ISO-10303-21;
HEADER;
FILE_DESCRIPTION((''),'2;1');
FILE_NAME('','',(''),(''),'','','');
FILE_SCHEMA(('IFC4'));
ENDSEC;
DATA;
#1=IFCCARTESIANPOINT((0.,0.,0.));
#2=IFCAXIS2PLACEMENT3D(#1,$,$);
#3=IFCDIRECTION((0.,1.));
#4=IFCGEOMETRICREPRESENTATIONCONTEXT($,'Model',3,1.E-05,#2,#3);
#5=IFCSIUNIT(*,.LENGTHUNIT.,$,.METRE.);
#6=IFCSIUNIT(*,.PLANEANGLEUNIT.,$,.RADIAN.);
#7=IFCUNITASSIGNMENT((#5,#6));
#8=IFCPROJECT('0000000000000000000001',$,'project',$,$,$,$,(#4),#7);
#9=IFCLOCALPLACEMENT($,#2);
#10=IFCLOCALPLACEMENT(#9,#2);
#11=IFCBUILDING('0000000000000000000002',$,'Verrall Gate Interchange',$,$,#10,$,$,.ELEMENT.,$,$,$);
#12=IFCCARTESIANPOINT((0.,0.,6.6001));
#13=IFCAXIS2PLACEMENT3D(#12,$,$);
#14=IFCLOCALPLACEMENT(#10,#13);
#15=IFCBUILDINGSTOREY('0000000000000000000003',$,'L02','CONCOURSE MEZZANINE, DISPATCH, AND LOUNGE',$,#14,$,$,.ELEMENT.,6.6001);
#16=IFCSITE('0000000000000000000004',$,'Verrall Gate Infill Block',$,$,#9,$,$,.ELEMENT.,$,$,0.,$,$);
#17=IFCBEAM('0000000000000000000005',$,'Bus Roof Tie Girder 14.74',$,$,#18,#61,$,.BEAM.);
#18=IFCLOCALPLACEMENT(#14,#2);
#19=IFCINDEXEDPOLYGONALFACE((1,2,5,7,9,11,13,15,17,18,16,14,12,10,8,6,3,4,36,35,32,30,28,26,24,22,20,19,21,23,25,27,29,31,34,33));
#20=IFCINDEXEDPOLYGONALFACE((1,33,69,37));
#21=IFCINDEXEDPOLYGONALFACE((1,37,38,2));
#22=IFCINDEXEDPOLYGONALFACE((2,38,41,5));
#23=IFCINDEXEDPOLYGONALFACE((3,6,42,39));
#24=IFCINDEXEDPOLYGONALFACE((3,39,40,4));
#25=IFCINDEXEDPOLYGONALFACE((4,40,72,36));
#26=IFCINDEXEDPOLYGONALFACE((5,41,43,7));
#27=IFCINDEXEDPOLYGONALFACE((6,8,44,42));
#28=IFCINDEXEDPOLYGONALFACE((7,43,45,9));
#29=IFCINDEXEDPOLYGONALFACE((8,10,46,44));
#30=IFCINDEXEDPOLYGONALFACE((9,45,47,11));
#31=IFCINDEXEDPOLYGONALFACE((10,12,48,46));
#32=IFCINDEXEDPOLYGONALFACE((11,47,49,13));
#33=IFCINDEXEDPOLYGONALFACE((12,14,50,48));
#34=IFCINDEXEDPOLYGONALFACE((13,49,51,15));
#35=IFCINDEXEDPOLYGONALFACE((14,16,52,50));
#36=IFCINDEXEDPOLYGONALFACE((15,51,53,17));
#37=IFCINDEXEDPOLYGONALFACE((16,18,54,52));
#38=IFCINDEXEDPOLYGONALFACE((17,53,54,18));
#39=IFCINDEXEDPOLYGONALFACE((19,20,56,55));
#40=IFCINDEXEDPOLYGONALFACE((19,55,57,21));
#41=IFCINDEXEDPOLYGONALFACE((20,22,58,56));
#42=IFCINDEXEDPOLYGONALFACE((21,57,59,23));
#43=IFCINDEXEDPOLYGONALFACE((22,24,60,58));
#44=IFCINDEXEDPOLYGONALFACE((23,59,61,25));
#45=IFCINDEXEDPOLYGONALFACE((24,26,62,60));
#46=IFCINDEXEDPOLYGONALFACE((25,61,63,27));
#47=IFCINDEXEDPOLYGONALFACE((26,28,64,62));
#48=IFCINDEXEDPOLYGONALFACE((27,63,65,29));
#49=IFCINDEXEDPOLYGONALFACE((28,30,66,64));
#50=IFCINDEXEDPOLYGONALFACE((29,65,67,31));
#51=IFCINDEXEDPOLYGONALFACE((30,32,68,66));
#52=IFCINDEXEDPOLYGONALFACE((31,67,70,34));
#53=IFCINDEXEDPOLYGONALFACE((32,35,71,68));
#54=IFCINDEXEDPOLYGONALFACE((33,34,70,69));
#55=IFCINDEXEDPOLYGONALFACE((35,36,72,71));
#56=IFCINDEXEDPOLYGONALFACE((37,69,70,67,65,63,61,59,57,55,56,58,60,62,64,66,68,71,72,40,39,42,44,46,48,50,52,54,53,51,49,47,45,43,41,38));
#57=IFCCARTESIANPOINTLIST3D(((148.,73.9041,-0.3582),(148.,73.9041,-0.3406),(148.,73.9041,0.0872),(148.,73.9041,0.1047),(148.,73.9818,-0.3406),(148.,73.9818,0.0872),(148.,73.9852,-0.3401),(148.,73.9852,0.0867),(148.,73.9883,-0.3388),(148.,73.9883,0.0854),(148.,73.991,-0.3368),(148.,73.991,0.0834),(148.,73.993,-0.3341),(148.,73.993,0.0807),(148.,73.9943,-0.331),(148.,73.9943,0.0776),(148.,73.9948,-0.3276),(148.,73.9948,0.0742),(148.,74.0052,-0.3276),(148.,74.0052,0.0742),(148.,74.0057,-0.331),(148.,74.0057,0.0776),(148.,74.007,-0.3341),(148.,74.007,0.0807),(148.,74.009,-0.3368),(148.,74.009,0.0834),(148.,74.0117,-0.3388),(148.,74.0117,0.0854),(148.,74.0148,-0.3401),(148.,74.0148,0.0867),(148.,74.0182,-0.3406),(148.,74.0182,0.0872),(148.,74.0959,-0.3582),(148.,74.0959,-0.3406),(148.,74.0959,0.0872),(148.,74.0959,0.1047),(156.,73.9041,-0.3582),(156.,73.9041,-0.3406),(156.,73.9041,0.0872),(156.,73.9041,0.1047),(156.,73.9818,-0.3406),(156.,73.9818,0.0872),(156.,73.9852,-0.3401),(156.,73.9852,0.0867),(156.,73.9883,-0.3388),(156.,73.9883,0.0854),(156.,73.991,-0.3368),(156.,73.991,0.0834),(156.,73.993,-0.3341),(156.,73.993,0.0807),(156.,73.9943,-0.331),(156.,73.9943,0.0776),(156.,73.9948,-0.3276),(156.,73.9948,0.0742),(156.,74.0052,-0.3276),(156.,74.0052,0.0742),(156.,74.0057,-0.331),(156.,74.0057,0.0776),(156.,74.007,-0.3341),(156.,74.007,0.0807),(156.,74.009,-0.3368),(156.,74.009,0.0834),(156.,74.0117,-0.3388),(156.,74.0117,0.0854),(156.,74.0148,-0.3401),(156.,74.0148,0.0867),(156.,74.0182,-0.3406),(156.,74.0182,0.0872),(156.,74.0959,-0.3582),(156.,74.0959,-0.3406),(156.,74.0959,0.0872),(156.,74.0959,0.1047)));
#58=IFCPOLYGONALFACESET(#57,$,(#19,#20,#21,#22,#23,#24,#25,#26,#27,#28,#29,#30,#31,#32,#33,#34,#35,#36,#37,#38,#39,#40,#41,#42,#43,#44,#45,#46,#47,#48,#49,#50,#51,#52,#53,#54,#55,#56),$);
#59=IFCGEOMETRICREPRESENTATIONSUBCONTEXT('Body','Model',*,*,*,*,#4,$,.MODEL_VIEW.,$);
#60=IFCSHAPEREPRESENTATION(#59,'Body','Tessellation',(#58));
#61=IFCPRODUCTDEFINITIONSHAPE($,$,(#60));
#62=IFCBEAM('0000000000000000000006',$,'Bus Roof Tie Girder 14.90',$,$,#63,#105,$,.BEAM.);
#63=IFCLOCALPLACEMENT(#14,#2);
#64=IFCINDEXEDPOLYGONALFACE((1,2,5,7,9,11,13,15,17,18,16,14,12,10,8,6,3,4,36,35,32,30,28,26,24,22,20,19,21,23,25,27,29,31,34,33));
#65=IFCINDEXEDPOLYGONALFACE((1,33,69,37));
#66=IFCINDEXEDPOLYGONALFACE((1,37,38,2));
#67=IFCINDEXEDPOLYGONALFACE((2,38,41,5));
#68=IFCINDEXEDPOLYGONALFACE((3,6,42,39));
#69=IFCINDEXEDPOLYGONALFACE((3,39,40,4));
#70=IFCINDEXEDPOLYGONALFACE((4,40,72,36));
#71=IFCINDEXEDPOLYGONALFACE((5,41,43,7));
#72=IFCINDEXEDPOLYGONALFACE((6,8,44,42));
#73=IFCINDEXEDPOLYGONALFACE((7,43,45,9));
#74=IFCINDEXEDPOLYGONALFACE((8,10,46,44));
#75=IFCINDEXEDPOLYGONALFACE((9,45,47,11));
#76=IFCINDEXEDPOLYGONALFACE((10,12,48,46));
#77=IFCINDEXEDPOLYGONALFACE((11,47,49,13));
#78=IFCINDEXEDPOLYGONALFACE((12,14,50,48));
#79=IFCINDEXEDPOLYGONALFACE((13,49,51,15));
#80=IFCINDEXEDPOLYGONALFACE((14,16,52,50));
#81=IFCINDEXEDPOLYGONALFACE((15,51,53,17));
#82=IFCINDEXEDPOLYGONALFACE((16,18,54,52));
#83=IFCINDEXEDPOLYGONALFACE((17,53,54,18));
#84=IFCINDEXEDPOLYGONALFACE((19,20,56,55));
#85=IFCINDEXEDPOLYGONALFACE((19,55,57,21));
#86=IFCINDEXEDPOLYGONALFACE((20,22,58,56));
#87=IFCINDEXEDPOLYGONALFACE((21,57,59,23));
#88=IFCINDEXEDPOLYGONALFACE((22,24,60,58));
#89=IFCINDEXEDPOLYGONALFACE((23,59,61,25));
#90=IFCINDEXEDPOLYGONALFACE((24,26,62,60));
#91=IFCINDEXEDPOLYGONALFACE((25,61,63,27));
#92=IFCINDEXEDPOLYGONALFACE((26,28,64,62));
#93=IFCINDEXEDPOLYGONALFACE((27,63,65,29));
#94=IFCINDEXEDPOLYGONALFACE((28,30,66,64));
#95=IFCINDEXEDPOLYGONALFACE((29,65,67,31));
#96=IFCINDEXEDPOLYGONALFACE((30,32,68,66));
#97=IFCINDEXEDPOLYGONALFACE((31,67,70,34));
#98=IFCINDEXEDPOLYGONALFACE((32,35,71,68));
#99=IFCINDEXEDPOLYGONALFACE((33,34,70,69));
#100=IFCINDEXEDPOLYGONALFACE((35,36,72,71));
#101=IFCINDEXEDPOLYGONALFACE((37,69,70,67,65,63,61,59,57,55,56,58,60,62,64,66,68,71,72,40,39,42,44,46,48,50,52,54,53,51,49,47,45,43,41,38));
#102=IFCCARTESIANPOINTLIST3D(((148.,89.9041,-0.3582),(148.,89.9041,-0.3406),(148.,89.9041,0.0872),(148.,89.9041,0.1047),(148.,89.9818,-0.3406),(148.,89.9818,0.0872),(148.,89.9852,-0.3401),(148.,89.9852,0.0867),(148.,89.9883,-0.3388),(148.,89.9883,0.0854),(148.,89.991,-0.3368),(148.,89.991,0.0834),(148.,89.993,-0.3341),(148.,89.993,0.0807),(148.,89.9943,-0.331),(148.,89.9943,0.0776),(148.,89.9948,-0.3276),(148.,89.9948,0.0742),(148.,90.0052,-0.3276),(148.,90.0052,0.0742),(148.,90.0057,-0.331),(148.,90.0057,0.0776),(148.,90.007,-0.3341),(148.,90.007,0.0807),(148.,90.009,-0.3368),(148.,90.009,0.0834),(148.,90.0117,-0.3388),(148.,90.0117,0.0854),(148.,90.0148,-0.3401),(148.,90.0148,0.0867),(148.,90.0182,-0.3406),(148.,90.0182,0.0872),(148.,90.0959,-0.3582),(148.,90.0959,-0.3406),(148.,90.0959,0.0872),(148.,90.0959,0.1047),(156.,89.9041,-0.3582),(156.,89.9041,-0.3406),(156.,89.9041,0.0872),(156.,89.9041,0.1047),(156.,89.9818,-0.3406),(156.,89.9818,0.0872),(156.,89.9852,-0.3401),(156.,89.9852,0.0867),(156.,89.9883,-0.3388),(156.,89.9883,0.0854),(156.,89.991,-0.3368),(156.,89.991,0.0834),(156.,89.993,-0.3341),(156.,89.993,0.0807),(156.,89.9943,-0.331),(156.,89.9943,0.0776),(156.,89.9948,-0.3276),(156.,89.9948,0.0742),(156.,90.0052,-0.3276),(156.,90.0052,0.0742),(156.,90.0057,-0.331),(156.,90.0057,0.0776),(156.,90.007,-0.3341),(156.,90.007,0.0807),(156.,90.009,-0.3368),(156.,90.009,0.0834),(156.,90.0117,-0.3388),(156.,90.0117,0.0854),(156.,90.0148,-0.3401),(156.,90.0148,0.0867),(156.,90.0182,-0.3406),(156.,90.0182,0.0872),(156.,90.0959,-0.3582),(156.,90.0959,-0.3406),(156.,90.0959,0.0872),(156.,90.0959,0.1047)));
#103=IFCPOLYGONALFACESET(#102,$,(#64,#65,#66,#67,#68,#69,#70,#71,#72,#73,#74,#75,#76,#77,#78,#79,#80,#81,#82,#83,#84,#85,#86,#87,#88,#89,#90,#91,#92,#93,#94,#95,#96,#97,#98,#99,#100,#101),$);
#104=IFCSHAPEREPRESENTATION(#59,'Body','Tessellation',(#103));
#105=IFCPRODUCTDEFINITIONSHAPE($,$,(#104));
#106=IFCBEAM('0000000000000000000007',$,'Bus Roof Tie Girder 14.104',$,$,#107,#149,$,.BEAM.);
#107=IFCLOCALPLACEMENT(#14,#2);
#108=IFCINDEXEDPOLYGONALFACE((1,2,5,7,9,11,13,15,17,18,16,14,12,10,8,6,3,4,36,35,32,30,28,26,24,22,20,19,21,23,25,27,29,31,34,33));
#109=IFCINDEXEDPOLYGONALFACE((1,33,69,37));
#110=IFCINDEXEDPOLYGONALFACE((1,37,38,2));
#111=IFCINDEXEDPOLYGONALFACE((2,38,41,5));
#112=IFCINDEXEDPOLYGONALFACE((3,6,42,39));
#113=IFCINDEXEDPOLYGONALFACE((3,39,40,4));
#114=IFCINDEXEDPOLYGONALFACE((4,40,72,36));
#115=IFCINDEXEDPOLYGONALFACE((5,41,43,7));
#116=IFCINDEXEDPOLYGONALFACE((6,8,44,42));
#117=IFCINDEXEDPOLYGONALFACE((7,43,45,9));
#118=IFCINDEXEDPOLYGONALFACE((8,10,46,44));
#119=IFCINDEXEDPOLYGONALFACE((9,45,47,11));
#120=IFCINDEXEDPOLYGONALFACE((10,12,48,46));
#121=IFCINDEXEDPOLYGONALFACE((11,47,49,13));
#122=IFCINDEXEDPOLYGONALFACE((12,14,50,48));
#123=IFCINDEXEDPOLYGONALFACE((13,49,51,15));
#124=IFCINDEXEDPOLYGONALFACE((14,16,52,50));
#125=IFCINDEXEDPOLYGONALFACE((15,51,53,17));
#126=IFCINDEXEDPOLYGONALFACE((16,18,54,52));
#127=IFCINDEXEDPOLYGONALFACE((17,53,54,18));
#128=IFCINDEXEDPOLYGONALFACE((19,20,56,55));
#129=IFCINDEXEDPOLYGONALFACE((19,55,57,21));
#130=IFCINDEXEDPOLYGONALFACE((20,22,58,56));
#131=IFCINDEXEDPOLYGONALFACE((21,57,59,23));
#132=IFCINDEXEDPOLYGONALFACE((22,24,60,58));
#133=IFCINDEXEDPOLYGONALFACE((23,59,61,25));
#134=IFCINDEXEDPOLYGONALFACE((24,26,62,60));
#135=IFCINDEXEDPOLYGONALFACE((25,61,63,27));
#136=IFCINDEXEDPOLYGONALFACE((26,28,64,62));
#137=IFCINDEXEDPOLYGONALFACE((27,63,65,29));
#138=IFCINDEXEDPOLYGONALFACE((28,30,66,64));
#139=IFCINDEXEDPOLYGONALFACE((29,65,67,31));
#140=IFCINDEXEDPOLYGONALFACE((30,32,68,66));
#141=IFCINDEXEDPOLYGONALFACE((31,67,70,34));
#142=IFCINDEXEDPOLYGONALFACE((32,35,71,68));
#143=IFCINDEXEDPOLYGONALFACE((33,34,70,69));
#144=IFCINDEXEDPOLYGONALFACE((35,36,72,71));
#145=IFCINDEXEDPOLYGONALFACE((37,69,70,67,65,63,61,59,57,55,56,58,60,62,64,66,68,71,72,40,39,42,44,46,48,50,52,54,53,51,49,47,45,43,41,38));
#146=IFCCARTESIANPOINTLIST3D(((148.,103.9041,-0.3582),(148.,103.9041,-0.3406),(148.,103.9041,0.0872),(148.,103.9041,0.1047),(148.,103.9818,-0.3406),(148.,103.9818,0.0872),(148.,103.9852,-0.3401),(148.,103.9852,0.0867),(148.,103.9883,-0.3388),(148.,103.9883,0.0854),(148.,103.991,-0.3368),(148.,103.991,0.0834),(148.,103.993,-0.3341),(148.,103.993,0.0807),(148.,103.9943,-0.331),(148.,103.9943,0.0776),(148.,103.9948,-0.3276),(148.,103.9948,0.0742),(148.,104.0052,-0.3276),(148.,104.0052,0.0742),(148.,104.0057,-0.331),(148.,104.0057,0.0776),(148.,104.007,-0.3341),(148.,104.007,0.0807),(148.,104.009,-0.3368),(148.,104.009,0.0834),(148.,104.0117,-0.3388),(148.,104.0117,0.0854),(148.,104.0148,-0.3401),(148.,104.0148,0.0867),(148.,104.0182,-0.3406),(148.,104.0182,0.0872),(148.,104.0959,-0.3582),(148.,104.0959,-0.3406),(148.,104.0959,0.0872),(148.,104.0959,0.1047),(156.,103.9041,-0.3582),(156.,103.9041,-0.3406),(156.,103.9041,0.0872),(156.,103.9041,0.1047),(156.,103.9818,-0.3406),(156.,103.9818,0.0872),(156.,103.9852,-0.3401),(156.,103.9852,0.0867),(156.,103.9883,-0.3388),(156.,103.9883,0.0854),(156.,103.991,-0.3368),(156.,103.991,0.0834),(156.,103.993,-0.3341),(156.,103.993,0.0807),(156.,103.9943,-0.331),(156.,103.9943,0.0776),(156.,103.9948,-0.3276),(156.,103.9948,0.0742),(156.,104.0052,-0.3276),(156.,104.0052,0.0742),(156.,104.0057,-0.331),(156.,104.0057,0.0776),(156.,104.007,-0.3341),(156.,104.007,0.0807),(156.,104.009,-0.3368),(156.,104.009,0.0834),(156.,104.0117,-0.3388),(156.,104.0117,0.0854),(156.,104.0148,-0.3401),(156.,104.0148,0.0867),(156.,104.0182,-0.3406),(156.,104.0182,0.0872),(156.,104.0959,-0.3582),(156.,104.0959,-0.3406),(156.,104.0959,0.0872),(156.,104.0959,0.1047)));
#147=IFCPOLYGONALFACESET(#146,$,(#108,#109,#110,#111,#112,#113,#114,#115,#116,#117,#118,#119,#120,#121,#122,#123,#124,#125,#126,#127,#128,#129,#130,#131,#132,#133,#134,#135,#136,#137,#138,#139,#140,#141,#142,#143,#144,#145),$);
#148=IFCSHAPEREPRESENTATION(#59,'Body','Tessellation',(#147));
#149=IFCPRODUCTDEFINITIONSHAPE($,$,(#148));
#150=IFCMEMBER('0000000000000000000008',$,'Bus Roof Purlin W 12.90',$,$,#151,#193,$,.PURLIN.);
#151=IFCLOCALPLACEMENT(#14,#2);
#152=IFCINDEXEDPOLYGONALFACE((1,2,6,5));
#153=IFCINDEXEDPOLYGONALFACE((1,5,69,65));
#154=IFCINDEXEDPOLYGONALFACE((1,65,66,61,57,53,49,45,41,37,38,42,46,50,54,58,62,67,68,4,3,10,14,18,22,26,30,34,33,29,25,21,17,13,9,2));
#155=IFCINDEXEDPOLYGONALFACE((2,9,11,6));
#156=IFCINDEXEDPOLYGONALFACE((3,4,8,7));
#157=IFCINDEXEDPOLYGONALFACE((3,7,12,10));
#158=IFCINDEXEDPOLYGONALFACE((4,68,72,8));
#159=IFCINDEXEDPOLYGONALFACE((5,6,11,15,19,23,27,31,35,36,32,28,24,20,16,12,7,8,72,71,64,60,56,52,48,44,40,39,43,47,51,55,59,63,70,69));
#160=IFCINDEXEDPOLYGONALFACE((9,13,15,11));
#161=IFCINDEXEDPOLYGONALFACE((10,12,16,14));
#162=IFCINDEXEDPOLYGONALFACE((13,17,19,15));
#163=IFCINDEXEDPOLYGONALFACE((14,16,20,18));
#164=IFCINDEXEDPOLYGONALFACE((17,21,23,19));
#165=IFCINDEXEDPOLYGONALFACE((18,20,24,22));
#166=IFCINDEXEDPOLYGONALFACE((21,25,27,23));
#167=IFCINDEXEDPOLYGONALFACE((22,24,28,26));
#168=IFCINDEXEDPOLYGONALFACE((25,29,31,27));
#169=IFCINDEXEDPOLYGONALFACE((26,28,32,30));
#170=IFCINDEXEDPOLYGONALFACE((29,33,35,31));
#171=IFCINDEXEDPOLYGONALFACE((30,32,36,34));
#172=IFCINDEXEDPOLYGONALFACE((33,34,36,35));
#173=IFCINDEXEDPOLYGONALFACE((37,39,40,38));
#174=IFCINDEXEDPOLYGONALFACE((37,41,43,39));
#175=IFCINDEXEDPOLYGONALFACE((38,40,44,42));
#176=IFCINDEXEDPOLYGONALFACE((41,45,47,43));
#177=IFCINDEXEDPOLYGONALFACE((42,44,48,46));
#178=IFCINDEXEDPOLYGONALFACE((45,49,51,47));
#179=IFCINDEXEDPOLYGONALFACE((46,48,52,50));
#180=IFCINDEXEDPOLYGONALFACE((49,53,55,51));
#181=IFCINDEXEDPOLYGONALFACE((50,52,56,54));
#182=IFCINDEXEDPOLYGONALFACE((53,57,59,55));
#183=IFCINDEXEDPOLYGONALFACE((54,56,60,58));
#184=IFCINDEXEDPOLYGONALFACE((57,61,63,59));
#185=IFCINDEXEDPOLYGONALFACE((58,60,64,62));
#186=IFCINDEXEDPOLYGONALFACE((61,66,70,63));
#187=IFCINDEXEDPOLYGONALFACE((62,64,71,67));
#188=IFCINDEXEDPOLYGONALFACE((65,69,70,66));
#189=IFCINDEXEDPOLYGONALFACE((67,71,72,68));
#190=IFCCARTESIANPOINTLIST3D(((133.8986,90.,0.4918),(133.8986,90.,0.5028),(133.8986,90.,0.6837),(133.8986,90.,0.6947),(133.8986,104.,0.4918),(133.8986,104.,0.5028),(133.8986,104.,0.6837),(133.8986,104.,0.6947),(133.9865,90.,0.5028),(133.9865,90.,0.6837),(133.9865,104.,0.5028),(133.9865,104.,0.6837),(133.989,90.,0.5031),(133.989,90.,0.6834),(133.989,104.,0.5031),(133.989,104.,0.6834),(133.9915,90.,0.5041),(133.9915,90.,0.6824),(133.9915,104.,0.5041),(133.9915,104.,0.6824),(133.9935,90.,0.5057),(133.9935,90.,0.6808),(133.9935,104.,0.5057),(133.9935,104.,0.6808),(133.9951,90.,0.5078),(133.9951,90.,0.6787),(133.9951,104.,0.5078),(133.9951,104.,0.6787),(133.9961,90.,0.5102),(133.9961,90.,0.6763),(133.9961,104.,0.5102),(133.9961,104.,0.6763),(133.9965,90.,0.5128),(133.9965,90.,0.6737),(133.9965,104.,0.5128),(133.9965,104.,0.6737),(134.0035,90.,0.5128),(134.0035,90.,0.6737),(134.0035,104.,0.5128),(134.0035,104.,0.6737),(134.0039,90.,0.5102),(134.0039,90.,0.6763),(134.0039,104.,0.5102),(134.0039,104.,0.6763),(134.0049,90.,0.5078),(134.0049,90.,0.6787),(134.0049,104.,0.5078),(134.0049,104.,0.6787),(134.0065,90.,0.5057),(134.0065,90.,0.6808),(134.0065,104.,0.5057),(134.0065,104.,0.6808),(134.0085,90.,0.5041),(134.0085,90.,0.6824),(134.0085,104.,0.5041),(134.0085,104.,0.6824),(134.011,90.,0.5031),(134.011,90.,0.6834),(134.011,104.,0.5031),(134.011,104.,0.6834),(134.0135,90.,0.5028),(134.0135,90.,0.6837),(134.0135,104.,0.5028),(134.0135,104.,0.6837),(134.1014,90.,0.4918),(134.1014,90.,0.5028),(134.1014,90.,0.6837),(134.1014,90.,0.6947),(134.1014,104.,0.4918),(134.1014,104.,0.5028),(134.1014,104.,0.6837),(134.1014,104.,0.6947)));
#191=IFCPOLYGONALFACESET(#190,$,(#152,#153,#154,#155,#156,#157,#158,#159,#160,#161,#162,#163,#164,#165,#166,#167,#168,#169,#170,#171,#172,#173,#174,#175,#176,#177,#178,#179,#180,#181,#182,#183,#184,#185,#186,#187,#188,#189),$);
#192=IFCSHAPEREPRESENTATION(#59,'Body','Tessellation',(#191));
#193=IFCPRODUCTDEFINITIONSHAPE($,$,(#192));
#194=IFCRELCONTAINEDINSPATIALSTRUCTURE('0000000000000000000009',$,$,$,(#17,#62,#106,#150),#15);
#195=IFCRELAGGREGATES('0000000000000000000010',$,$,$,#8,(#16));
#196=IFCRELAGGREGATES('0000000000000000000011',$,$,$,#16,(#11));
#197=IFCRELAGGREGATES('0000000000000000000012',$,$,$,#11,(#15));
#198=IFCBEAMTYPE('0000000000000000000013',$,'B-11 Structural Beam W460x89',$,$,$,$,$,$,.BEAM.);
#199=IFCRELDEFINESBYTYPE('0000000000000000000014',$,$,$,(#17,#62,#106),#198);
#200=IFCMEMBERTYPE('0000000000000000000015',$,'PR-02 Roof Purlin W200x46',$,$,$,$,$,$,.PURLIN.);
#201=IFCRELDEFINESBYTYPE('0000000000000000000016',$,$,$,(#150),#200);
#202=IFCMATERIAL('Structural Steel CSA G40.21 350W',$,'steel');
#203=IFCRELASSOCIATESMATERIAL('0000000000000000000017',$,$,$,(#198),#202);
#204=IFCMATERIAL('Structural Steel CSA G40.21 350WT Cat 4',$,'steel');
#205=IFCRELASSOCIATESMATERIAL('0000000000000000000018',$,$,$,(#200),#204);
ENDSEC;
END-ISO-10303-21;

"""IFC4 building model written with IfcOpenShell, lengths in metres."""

from ifc_helpers import new_model, si_unit, direction, frame, origin, origin_2d, place, context, subcontext, project, spatial, i_section, extrude, material, material_profile, profile_set, type_object, element, save


model = new_model("IFC4")

# Units and contexts
model_context = context("Model", 3, precision=1e-05, world=origin(), true_north=direction((0.0, 1.0)))
body_context = subcontext(model_context, "Body", "Model", "MODEL_VIEW")
ifc_project = project(units=[si_unit("LENGTHUNIT", "METRE"), si_unit("PLANEANGLEUNIT", "RADIAN")], contexts=[model_context])

# Site, building, storey
site_placement = place(None, origin())
site = spatial("IfcSite", under=ifc_project, at=site_placement, Name="Verrall Gate Infill Block", CompositionType="ELEMENT", RefElevation=0.0)
building_placement = place(site_placement, origin())
building = spatial("IfcBuilding", under=site, at=building_placement, Name="Verrall Gate Interchange", CompositionType="ELEMENT")
storey_placement = place(building_placement, frame((0.0, 0.0, 6.6001)))
storey = spatial("IfcBuildingStorey", under=building, at=storey_placement, Name="L02", Description="CONCOURSE MEZZANINE, DISPATCH, AND LOUNGE", CompositionType="ELEMENT", Elevation=6.6001)

# Beams
ifc_material_1 = material(Name="Structural Steel CSA G40.21 350W", Category="steel")
ifc_material_profile_1 = material_profile(ifc_material_1, i_section(OverallWidth=0.1919, OverallDepth=0.4629, WebThickness=0.0105, FlangeThickness=0.0176, FilletRadius=0.0129, at=origin_2d()), Name="W460x89")
ifc_profile_set_1 = profile_set([ifc_material_profile_1], Name="Structural Steel CSA G40.21 350W")
beam_type = type_object("IfcBeamType", Name="B-11 Structural Beam W460x89", PredefinedType="BEAM", material=ifc_profile_set_1)
for number, where, z_axis, x_axis, name in (
    (1, (148.0, 74.0, -0.1267), (1.0, 0.0, 0.0), (0.0, 1.0, 0.0), "Bus Roof Tie Girder 14.74"),
    (2, (148.0, 90.0, -0.1267), (1.0, 0.0, 0.0), (0.0, 1.0, 0.0), "Bus Roof Tie Girder 14.90"),
    (3, (148.0, 104.0, -0.1267), (1.0, 0.0, 0.0), (0.0, 1.0, 0.0), "Bus Roof Tie Girder 14.104"),
):
    element("IfcBeam", number, at=place(storey_placement, frame(where, z_axis=z_axis, x_axis=x_axis)), inside=storey, type_object=beam_type, Name=name, PredefinedType="BEAM", context=body_context, shape_type="SweptSolid", body=[
        extrude(i_section(OverallWidth=0.1919, OverallDepth=0.4629, WebThickness=0.0105, FlangeThickness=0.0176, FilletRadius=0.0129, at=origin_2d()), origin(), (0.0, 0.0, 1.0), 8.0),
    ])

# Member
ifc_material_2 = material(Name="Structural Steel CSA G40.21 350WT Cat 4", Category="steel")
ifc_material_profile_2 = material_profile(ifc_material_2, i_section(OverallWidth=0.2029, OverallDepth=0.2029, WebThickness=0.0071, FlangeThickness=0.011, FilletRadius=0.01, at=origin_2d()), Name="W200x46")
ifc_profile_set_2 = profile_set([ifc_material_profile_2], Name="Structural Steel CSA G40.21 350WT Cat 4")
member_type_1 = type_object("IfcMemberType", Name="PR-02 Roof Purlin W200x46", PredefinedType="PURLIN", material=ifc_profile_set_2)
member_1_placement = place(storey_placement, frame((134.0, 90.0, 0.5933), z_axis=(0.0, 1.0, 0.0), x_axis=(-1.0, 0.0, 0.0)))
element("IfcMember", 4, at=member_1_placement, inside=storey, type_object=member_type_1, Name="Bus Roof Purlin W 12.90", PredefinedType="PURLIN", context=body_context, shape_type="SweptSolid", body=[
    extrude(i_section(OverallWidth=0.2029, OverallDepth=0.2029, WebThickness=0.0071, FlangeThickness=0.011, FilletRadius=0.01, at=origin_2d()), origin(), (0.0, 0.0, 1.0), 14.0),
])

save(model, "model.ifc")
